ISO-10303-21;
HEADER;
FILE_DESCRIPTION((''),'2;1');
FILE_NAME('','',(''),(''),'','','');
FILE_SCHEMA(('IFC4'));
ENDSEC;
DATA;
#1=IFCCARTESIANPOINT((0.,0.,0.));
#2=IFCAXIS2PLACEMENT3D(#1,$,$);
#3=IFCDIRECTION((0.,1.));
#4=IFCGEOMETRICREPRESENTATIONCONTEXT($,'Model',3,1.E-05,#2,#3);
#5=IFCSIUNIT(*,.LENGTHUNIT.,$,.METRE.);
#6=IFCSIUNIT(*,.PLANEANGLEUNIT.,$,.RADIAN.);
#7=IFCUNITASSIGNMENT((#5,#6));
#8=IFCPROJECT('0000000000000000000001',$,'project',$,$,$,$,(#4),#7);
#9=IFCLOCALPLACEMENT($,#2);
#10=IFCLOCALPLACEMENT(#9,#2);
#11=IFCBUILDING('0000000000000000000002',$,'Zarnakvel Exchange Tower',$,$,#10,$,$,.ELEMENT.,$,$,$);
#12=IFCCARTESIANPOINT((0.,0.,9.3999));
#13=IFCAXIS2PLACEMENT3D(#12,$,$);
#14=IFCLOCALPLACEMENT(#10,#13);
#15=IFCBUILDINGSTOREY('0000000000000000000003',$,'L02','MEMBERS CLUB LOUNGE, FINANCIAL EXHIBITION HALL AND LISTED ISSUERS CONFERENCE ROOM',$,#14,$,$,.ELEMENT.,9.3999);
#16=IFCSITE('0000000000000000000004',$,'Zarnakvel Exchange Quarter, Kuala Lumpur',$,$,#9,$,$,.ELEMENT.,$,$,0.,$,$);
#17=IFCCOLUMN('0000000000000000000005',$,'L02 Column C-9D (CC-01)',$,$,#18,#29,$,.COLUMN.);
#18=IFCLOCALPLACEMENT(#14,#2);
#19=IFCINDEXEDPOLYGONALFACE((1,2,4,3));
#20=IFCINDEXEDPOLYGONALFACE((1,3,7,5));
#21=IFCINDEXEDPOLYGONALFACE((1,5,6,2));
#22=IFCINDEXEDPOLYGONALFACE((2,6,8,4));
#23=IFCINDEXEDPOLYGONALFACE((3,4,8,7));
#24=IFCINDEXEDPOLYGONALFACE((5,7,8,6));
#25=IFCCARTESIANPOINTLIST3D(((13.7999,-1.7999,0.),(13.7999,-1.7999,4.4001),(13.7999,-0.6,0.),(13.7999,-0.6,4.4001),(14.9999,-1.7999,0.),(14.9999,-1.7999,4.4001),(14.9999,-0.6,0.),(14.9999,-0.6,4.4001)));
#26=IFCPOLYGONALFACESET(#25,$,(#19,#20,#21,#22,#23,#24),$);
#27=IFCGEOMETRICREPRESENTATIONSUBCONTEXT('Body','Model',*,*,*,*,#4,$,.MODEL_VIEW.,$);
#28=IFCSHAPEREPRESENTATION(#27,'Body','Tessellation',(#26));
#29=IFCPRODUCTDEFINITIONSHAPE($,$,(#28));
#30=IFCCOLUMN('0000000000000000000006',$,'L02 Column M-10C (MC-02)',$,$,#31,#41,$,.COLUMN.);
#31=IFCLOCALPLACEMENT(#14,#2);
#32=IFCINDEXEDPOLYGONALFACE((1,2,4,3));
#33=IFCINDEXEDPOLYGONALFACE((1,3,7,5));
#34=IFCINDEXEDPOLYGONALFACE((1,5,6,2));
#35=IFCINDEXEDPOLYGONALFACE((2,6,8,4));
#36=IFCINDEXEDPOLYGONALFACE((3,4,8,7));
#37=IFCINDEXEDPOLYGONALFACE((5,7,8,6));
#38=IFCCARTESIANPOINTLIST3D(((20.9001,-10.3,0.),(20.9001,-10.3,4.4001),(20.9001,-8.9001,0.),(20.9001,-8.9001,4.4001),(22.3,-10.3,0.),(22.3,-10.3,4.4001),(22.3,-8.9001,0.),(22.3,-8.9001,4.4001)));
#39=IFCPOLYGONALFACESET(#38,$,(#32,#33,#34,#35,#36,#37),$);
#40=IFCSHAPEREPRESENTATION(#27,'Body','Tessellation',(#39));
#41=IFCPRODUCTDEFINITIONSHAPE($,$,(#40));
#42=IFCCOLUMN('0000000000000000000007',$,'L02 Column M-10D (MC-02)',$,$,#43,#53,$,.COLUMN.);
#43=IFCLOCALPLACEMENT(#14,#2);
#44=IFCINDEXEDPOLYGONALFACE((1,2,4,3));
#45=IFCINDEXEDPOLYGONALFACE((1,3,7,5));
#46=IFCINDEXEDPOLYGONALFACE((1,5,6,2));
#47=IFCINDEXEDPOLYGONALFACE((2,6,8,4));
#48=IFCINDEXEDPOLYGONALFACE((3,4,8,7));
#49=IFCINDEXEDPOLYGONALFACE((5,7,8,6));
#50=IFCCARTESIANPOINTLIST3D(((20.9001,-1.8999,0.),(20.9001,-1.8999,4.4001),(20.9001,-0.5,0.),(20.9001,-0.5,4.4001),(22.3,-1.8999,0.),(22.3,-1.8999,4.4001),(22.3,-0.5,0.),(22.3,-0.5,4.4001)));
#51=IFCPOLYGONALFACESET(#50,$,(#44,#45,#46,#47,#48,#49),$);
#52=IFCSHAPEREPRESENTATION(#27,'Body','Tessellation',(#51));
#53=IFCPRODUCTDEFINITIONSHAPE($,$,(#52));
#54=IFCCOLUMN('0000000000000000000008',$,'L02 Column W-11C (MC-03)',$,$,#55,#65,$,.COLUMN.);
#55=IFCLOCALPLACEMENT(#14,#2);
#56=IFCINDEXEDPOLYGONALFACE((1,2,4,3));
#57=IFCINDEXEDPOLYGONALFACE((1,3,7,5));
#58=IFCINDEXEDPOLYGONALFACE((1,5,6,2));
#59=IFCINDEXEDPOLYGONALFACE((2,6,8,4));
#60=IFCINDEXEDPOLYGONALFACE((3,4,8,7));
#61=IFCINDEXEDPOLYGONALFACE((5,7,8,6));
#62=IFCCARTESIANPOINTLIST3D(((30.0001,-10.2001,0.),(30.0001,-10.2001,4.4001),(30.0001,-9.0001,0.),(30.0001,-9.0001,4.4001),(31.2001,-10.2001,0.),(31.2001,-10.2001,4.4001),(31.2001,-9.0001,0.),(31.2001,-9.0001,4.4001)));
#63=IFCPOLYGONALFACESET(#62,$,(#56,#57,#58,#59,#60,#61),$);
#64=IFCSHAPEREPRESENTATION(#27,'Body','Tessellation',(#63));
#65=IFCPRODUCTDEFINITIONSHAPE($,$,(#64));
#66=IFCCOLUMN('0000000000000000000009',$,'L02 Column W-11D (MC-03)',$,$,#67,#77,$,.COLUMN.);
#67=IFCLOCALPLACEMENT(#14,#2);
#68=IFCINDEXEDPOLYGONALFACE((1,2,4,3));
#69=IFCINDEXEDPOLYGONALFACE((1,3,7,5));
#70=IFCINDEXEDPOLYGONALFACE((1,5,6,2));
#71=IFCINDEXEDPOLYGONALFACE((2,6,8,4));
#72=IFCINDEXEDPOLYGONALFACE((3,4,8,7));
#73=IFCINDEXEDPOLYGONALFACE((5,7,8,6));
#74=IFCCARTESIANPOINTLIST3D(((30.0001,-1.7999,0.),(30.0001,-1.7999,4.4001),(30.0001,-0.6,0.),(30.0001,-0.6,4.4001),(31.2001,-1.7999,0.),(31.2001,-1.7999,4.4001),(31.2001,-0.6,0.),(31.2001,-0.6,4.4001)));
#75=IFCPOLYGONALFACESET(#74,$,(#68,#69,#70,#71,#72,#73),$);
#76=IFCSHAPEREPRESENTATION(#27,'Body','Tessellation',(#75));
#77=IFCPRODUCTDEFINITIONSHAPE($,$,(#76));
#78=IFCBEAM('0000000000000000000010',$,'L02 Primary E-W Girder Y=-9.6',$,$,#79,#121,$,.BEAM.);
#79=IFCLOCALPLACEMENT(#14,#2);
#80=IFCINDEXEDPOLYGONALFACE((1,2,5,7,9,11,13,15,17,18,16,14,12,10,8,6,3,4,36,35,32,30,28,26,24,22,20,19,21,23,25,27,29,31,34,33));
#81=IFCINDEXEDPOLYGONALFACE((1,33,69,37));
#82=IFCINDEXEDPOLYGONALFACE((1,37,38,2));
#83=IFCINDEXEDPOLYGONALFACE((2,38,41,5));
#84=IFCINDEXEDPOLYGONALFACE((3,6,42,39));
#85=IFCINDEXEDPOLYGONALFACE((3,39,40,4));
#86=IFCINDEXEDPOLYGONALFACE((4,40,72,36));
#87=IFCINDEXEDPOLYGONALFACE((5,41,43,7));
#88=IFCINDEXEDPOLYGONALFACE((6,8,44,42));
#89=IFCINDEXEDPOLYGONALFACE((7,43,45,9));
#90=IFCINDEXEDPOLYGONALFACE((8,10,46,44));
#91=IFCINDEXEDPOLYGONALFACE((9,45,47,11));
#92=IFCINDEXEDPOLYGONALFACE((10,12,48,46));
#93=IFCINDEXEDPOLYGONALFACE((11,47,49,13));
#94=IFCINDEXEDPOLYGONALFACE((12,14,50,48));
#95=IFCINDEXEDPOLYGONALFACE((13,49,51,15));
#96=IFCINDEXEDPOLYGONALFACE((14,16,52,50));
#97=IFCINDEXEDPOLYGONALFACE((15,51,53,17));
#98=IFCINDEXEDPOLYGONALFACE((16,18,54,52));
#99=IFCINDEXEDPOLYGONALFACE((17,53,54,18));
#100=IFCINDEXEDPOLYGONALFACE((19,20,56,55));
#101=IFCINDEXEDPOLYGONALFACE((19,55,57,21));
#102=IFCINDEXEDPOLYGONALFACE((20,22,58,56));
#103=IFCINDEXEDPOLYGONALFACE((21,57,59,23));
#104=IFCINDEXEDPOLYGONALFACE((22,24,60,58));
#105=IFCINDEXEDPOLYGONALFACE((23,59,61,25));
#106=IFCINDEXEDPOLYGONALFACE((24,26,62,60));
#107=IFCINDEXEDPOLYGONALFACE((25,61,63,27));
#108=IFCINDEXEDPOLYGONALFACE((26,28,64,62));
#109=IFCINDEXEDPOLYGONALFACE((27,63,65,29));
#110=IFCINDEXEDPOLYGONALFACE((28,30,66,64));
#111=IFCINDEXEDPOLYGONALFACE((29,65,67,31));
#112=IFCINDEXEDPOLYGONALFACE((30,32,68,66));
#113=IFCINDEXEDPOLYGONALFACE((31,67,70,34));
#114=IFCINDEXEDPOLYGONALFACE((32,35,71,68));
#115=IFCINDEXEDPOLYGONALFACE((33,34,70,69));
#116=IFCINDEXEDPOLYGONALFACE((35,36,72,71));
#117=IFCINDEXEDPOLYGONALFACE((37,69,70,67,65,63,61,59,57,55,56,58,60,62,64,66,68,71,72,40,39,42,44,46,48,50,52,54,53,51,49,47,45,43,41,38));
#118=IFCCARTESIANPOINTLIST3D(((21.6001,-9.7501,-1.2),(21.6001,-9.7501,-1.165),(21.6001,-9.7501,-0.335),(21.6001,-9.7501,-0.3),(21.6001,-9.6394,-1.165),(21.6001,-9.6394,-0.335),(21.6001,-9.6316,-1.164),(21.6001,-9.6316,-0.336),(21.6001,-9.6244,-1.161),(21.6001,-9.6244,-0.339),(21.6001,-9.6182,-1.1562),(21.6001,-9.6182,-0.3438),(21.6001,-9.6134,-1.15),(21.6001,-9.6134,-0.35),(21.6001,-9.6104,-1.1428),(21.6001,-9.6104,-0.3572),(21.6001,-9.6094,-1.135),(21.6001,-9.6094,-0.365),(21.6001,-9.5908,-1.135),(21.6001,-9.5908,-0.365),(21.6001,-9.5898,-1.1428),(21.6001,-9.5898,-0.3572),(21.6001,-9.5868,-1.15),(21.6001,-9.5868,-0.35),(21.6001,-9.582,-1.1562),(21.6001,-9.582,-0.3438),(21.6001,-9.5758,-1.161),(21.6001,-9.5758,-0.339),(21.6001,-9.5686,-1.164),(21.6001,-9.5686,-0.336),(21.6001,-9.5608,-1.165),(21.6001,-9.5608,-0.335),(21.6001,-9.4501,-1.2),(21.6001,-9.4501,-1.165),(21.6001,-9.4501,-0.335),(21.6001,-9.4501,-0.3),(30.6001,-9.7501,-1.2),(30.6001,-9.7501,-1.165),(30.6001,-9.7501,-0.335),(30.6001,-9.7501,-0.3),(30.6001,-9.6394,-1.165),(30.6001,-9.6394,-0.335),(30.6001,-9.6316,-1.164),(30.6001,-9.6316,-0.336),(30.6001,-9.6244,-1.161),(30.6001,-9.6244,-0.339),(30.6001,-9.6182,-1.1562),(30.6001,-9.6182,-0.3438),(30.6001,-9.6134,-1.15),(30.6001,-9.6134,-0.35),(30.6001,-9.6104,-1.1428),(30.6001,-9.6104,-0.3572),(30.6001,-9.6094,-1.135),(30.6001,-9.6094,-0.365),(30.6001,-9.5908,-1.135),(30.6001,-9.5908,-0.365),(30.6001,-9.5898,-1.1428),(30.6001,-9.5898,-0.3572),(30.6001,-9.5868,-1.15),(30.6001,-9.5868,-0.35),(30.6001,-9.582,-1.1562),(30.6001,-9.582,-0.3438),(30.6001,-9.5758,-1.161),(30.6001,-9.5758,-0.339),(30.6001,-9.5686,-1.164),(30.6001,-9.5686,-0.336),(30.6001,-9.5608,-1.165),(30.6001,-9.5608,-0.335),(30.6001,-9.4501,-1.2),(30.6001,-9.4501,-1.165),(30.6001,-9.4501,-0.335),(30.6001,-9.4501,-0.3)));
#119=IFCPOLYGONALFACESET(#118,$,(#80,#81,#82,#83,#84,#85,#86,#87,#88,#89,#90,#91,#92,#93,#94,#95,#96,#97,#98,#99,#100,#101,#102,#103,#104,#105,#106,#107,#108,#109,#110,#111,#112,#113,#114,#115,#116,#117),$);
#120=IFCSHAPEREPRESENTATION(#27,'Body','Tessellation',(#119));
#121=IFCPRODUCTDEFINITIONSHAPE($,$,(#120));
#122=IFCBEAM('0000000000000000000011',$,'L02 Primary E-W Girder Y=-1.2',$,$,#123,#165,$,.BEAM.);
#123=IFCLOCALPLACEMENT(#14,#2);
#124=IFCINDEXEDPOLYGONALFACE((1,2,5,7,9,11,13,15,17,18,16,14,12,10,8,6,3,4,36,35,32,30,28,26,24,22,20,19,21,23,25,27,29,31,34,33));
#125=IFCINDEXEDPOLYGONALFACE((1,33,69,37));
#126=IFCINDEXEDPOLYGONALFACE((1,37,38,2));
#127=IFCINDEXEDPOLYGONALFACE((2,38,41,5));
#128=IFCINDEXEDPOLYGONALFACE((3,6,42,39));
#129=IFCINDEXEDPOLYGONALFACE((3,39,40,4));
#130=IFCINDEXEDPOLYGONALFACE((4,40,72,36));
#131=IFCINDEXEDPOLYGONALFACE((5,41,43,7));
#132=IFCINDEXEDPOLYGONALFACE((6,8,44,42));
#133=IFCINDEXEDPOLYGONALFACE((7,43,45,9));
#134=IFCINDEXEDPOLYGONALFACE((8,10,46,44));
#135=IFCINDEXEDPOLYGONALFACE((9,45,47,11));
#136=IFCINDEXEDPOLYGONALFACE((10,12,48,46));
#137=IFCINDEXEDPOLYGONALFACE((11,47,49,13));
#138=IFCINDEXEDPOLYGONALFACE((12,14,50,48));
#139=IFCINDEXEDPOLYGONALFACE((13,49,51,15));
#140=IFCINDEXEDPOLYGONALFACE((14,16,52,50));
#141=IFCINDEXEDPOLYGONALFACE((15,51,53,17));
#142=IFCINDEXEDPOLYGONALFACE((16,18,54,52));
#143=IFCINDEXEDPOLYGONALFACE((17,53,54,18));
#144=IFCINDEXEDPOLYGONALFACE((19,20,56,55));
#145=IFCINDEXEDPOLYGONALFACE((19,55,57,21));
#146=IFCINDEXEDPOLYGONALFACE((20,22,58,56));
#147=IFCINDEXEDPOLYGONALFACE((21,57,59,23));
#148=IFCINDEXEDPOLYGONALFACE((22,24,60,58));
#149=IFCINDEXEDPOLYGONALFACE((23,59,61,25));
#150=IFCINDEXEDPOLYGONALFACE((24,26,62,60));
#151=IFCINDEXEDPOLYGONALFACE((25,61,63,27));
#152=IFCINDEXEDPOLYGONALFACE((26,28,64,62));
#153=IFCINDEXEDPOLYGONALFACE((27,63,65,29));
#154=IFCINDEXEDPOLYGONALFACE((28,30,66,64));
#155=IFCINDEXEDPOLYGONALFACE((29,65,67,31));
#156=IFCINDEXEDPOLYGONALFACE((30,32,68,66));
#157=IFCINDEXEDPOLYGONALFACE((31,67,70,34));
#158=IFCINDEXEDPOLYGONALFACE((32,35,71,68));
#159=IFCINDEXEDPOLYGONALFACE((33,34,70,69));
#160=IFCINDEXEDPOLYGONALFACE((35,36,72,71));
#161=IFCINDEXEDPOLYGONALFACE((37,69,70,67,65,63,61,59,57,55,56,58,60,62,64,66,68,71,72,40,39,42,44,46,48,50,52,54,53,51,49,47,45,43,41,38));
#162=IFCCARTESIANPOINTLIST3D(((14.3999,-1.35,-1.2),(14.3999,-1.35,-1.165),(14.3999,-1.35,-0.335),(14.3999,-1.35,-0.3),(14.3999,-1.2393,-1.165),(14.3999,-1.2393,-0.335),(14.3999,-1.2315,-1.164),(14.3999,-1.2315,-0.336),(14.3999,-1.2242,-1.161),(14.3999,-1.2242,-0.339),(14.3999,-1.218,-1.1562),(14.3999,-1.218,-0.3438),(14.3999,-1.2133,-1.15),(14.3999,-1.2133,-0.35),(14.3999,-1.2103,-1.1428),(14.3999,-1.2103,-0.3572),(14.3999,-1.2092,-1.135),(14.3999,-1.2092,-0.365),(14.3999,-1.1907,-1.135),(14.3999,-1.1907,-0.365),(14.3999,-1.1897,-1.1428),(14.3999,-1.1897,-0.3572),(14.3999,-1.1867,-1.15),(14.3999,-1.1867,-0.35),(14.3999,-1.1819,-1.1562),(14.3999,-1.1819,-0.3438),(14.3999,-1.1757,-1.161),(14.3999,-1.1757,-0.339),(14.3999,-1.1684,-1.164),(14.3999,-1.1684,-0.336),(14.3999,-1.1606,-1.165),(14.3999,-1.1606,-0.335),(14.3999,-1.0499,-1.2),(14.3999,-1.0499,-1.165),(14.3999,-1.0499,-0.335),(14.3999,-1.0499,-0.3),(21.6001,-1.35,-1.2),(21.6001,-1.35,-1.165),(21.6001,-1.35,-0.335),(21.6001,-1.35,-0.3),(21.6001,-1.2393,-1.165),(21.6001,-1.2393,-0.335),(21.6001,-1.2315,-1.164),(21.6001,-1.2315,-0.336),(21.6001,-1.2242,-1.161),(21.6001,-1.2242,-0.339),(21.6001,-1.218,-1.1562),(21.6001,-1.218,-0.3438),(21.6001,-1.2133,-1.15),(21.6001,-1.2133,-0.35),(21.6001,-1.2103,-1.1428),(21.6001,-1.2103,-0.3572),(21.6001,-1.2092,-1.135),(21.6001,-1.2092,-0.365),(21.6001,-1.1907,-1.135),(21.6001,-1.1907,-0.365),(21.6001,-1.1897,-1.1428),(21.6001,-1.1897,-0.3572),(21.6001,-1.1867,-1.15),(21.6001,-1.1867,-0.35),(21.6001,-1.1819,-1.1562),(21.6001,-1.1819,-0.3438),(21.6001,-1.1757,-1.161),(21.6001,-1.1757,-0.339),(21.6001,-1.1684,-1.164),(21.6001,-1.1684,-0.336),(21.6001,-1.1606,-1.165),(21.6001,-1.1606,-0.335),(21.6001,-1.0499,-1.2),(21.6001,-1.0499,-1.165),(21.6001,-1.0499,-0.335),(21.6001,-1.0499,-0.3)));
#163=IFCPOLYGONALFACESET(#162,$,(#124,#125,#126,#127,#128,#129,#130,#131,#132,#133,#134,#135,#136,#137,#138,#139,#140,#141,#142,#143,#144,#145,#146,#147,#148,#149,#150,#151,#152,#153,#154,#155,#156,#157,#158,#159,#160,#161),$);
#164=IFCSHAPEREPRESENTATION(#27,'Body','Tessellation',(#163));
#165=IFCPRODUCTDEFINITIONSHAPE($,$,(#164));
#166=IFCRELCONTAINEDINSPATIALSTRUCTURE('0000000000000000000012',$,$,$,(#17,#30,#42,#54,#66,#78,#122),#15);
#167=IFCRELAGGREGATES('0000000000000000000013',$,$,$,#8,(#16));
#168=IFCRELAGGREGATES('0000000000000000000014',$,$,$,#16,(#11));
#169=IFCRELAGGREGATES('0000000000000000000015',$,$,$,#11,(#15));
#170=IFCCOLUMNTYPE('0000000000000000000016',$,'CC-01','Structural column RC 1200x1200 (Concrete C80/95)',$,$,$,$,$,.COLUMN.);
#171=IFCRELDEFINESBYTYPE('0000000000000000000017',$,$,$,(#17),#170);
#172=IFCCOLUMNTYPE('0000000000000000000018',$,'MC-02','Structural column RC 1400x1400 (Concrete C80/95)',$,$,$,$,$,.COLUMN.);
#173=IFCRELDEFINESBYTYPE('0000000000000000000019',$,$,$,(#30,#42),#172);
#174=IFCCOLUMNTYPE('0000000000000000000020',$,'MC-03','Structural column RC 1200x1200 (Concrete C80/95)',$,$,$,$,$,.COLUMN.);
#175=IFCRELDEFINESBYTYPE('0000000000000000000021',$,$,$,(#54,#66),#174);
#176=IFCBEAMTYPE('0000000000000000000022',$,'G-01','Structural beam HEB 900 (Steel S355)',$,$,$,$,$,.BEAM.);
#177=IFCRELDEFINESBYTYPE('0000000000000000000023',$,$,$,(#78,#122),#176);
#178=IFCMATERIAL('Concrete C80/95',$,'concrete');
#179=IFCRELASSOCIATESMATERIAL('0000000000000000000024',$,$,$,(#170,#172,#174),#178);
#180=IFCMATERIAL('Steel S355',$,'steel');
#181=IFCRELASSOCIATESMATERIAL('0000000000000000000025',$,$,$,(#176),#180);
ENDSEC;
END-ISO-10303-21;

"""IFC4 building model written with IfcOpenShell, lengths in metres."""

from ifc_helpers import new_model, si_unit, direction, frame, origin, origin_2d, place, context, subcontext, project, spatial, rectangle, i_section, extrude, material, material_profile, profile_set, type_object, element, save


model = new_model("IFC4")

# Units and contexts
model_context = context("Model", 3, precision=1e-05, world=origin(), true_north=direction((0.0, 1.0)))
body_context = subcontext(model_context, "Body", "Model", "MODEL_VIEW")
ifc_project = project(units=[si_unit("LENGTHUNIT", "METRE"), si_unit("PLANEANGLEUNIT", "RADIAN")], contexts=[model_context])

# Site, building, storey
site_placement = place(None, origin())
site = spatial("IfcSite", under=ifc_project, at=site_placement, Name="Zarnakvel Exchange Quarter, Kuala Lumpur", CompositionType="ELEMENT", RefElevation=0.0)
building_placement = place(site_placement, origin())
building = spatial("IfcBuilding", under=site, at=building_placement, Name="Zarnakvel Exchange Tower", CompositionType="ELEMENT")
storey_placement = place(building_placement, frame((0.0, 0.0, 9.3999)))
storey = spatial("IfcBuildingStorey", under=building, at=storey_placement, Name="L02", Description="MEMBERS CLUB LOUNGE, FINANCIAL EXHIBITION HALL AND LISTED ISSUERS CONFERENCE ROOM", CompositionType="ELEMENT", Elevation=9.3999)

# Columns
ifc_material_1 = material(Name="Concrete C80/95", Category="concrete")
ifc_material_profile_1 = material_profile(ifc_material_1, rectangle(XDim=1.2, YDim=1.2, at=origin_2d()))
ifc_profile_set_1 = profile_set([ifc_material_profile_1], Name="Concrete C80/95")
column_type_1 = type_object("IfcColumnType", Name="CC-01", Description="Structural column RC 1200x1200 (Concrete C80/95)", PredefinedType="COLUMN", material=ifc_profile_set_1)
column_placement = place(storey_placement, frame((14.3999, -1.2, 0.0), z_axis=(0.0, 0.0, 1.0), x_axis=(1.0, 0.0, 0.0)))
element("IfcColumn", 1, at=column_placement, inside=storey, type_object=column_type_1, Name="L02 Column C-9D (CC-01)", PredefinedType="COLUMN", context=body_context, shape_type="SweptSolid", body=[
    extrude(rectangle(XDim=1.2, YDim=1.2, at=origin_2d()), origin(), (0.0, 0.0, 1.0), 4.4001),
])
ifc_material_profile_2 = material_profile(ifc_material_1, rectangle(XDim=1.3999, YDim=1.3999, at=origin_2d()))
ifc_profile_set_2 = profile_set([ifc_material_profile_2], Name="Concrete C80/95")
column_type_2 = type_object("IfcColumnType", Name="MC-02", Description="Structural column RC 1400x1400 (Concrete C80/95)", PredefinedType="COLUMN", material=ifc_profile_set_2)
for number, where, z_axis, x_axis, name in (
    (2, (21.6001, -9.6001, 0.0), (0.0, 0.0, 1.0), (1.0, 0.0, 0.0), "L02 Column M-10C (MC-02)"),
    (3, (21.6001, -1.2, 0.0), (0.0, 0.0, 1.0), (1.0, 0.0, 0.0), "L02 Column M-10D (MC-02)"),
):
    element("IfcColumn", number, at=place(storey_placement, frame(where, z_axis=z_axis, x_axis=x_axis)), inside=storey, type_object=column_type_2, Name=name, PredefinedType="COLUMN", context=body_context, shape_type="SweptSolid", body=[
        extrude(rectangle(XDim=1.3999, YDim=1.3999, at=origin_2d()), origin(), (0.0, 0.0, 1.0), 4.4001),
    ])
ifc_material_profile_3 = material_profile(ifc_material_1, rectangle(XDim=1.2, YDim=1.2, at=origin_2d()))
ifc_profile_set_3 = profile_set([ifc_material_profile_3], Name="Concrete C80/95")
column_type_3 = type_object("IfcColumnType", Name="MC-03", Description="Structural column RC 1200x1200 (Concrete C80/95)", PredefinedType="COLUMN", material=ifc_profile_set_3)
for number, where, z_axis, x_axis, name in (
    (4, (30.6001, -9.6001, 0.0), (0.0, 0.0, 1.0), (1.0, 0.0, 0.0), "L02 Column W-11C (MC-03)"),
    (5, (30.6001, -1.2, 0.0), (0.0, 0.0, 1.0), (1.0, 0.0, 0.0), "L02 Column W-11D (MC-03)"),
):
    element("IfcColumn", number, at=place(storey_placement, frame(where, z_axis=z_axis, x_axis=x_axis)), inside=storey, type_object=column_type_3, Name=name, PredefinedType="COLUMN", context=body_context, shape_type="SweptSolid", body=[
        extrude(rectangle(XDim=1.2, YDim=1.2, at=origin_2d()), origin(), (0.0, 0.0, 1.0), 4.4001),
    ])

# Beams
ifc_material_2 = material(Name="Steel S355", Category="steel")
ifc_material_profile_4 = material_profile(ifc_material_2, i_section(OverallWidth=0.3, OverallDepth=0.8999, WebThickness=0.0186, FlangeThickness=0.0349, FilletRadius=0.03, at=origin_2d()))
ifc_profile_set_4 = profile_set([ifc_material_profile_4], Name="Steel S355")
beam_type = type_object("IfcBeamType", Name="G-01", Description="Structural beam HEB 900 (Steel S355)", PredefinedType="BEAM", material=ifc_profile_set_4)
beam_1_placement = place(storey_placement, frame((21.6001, -9.6001, -0.75), z_axis=(1.0, 0.0, 0.0), x_axis=(0.0, 1.0, 0.0)))
element("IfcBeam", 6, at=beam_1_placement, inside=storey, type_object=beam_type, Name="L02 Primary E-W Girder Y=-9.6", PredefinedType="BEAM", context=body_context, shape_type="SweptSolid", body=[
    extrude(i_section(OverallWidth=0.3, OverallDepth=0.8999, WebThickness=0.0186, FlangeThickness=0.0349, FilletRadius=0.03, at=origin_2d()), origin(), (0.0, 0.0, 1.0), 9.0),
])
beam_2_placement = place(storey_placement, frame((14.3999, -1.2, -0.75), z_axis=(1.0, 0.0, 0.0), x_axis=(0.0, 1.0, 0.0)))
element("IfcBeam", 7, at=beam_2_placement, inside=storey, type_object=beam_type, Name="L02 Primary E-W Girder Y=-1.2", PredefinedType="BEAM", context=body_context, shape_type="SweptSolid", body=[
    extrude(i_section(OverallWidth=0.3, OverallDepth=0.8999, WebThickness=0.0186, FlangeThickness=0.0349, FilletRadius=0.03, at=origin_2d()), origin(), (0.0, 0.0, 1.0), 7.2002),
])

save(model, "model.ifc")
